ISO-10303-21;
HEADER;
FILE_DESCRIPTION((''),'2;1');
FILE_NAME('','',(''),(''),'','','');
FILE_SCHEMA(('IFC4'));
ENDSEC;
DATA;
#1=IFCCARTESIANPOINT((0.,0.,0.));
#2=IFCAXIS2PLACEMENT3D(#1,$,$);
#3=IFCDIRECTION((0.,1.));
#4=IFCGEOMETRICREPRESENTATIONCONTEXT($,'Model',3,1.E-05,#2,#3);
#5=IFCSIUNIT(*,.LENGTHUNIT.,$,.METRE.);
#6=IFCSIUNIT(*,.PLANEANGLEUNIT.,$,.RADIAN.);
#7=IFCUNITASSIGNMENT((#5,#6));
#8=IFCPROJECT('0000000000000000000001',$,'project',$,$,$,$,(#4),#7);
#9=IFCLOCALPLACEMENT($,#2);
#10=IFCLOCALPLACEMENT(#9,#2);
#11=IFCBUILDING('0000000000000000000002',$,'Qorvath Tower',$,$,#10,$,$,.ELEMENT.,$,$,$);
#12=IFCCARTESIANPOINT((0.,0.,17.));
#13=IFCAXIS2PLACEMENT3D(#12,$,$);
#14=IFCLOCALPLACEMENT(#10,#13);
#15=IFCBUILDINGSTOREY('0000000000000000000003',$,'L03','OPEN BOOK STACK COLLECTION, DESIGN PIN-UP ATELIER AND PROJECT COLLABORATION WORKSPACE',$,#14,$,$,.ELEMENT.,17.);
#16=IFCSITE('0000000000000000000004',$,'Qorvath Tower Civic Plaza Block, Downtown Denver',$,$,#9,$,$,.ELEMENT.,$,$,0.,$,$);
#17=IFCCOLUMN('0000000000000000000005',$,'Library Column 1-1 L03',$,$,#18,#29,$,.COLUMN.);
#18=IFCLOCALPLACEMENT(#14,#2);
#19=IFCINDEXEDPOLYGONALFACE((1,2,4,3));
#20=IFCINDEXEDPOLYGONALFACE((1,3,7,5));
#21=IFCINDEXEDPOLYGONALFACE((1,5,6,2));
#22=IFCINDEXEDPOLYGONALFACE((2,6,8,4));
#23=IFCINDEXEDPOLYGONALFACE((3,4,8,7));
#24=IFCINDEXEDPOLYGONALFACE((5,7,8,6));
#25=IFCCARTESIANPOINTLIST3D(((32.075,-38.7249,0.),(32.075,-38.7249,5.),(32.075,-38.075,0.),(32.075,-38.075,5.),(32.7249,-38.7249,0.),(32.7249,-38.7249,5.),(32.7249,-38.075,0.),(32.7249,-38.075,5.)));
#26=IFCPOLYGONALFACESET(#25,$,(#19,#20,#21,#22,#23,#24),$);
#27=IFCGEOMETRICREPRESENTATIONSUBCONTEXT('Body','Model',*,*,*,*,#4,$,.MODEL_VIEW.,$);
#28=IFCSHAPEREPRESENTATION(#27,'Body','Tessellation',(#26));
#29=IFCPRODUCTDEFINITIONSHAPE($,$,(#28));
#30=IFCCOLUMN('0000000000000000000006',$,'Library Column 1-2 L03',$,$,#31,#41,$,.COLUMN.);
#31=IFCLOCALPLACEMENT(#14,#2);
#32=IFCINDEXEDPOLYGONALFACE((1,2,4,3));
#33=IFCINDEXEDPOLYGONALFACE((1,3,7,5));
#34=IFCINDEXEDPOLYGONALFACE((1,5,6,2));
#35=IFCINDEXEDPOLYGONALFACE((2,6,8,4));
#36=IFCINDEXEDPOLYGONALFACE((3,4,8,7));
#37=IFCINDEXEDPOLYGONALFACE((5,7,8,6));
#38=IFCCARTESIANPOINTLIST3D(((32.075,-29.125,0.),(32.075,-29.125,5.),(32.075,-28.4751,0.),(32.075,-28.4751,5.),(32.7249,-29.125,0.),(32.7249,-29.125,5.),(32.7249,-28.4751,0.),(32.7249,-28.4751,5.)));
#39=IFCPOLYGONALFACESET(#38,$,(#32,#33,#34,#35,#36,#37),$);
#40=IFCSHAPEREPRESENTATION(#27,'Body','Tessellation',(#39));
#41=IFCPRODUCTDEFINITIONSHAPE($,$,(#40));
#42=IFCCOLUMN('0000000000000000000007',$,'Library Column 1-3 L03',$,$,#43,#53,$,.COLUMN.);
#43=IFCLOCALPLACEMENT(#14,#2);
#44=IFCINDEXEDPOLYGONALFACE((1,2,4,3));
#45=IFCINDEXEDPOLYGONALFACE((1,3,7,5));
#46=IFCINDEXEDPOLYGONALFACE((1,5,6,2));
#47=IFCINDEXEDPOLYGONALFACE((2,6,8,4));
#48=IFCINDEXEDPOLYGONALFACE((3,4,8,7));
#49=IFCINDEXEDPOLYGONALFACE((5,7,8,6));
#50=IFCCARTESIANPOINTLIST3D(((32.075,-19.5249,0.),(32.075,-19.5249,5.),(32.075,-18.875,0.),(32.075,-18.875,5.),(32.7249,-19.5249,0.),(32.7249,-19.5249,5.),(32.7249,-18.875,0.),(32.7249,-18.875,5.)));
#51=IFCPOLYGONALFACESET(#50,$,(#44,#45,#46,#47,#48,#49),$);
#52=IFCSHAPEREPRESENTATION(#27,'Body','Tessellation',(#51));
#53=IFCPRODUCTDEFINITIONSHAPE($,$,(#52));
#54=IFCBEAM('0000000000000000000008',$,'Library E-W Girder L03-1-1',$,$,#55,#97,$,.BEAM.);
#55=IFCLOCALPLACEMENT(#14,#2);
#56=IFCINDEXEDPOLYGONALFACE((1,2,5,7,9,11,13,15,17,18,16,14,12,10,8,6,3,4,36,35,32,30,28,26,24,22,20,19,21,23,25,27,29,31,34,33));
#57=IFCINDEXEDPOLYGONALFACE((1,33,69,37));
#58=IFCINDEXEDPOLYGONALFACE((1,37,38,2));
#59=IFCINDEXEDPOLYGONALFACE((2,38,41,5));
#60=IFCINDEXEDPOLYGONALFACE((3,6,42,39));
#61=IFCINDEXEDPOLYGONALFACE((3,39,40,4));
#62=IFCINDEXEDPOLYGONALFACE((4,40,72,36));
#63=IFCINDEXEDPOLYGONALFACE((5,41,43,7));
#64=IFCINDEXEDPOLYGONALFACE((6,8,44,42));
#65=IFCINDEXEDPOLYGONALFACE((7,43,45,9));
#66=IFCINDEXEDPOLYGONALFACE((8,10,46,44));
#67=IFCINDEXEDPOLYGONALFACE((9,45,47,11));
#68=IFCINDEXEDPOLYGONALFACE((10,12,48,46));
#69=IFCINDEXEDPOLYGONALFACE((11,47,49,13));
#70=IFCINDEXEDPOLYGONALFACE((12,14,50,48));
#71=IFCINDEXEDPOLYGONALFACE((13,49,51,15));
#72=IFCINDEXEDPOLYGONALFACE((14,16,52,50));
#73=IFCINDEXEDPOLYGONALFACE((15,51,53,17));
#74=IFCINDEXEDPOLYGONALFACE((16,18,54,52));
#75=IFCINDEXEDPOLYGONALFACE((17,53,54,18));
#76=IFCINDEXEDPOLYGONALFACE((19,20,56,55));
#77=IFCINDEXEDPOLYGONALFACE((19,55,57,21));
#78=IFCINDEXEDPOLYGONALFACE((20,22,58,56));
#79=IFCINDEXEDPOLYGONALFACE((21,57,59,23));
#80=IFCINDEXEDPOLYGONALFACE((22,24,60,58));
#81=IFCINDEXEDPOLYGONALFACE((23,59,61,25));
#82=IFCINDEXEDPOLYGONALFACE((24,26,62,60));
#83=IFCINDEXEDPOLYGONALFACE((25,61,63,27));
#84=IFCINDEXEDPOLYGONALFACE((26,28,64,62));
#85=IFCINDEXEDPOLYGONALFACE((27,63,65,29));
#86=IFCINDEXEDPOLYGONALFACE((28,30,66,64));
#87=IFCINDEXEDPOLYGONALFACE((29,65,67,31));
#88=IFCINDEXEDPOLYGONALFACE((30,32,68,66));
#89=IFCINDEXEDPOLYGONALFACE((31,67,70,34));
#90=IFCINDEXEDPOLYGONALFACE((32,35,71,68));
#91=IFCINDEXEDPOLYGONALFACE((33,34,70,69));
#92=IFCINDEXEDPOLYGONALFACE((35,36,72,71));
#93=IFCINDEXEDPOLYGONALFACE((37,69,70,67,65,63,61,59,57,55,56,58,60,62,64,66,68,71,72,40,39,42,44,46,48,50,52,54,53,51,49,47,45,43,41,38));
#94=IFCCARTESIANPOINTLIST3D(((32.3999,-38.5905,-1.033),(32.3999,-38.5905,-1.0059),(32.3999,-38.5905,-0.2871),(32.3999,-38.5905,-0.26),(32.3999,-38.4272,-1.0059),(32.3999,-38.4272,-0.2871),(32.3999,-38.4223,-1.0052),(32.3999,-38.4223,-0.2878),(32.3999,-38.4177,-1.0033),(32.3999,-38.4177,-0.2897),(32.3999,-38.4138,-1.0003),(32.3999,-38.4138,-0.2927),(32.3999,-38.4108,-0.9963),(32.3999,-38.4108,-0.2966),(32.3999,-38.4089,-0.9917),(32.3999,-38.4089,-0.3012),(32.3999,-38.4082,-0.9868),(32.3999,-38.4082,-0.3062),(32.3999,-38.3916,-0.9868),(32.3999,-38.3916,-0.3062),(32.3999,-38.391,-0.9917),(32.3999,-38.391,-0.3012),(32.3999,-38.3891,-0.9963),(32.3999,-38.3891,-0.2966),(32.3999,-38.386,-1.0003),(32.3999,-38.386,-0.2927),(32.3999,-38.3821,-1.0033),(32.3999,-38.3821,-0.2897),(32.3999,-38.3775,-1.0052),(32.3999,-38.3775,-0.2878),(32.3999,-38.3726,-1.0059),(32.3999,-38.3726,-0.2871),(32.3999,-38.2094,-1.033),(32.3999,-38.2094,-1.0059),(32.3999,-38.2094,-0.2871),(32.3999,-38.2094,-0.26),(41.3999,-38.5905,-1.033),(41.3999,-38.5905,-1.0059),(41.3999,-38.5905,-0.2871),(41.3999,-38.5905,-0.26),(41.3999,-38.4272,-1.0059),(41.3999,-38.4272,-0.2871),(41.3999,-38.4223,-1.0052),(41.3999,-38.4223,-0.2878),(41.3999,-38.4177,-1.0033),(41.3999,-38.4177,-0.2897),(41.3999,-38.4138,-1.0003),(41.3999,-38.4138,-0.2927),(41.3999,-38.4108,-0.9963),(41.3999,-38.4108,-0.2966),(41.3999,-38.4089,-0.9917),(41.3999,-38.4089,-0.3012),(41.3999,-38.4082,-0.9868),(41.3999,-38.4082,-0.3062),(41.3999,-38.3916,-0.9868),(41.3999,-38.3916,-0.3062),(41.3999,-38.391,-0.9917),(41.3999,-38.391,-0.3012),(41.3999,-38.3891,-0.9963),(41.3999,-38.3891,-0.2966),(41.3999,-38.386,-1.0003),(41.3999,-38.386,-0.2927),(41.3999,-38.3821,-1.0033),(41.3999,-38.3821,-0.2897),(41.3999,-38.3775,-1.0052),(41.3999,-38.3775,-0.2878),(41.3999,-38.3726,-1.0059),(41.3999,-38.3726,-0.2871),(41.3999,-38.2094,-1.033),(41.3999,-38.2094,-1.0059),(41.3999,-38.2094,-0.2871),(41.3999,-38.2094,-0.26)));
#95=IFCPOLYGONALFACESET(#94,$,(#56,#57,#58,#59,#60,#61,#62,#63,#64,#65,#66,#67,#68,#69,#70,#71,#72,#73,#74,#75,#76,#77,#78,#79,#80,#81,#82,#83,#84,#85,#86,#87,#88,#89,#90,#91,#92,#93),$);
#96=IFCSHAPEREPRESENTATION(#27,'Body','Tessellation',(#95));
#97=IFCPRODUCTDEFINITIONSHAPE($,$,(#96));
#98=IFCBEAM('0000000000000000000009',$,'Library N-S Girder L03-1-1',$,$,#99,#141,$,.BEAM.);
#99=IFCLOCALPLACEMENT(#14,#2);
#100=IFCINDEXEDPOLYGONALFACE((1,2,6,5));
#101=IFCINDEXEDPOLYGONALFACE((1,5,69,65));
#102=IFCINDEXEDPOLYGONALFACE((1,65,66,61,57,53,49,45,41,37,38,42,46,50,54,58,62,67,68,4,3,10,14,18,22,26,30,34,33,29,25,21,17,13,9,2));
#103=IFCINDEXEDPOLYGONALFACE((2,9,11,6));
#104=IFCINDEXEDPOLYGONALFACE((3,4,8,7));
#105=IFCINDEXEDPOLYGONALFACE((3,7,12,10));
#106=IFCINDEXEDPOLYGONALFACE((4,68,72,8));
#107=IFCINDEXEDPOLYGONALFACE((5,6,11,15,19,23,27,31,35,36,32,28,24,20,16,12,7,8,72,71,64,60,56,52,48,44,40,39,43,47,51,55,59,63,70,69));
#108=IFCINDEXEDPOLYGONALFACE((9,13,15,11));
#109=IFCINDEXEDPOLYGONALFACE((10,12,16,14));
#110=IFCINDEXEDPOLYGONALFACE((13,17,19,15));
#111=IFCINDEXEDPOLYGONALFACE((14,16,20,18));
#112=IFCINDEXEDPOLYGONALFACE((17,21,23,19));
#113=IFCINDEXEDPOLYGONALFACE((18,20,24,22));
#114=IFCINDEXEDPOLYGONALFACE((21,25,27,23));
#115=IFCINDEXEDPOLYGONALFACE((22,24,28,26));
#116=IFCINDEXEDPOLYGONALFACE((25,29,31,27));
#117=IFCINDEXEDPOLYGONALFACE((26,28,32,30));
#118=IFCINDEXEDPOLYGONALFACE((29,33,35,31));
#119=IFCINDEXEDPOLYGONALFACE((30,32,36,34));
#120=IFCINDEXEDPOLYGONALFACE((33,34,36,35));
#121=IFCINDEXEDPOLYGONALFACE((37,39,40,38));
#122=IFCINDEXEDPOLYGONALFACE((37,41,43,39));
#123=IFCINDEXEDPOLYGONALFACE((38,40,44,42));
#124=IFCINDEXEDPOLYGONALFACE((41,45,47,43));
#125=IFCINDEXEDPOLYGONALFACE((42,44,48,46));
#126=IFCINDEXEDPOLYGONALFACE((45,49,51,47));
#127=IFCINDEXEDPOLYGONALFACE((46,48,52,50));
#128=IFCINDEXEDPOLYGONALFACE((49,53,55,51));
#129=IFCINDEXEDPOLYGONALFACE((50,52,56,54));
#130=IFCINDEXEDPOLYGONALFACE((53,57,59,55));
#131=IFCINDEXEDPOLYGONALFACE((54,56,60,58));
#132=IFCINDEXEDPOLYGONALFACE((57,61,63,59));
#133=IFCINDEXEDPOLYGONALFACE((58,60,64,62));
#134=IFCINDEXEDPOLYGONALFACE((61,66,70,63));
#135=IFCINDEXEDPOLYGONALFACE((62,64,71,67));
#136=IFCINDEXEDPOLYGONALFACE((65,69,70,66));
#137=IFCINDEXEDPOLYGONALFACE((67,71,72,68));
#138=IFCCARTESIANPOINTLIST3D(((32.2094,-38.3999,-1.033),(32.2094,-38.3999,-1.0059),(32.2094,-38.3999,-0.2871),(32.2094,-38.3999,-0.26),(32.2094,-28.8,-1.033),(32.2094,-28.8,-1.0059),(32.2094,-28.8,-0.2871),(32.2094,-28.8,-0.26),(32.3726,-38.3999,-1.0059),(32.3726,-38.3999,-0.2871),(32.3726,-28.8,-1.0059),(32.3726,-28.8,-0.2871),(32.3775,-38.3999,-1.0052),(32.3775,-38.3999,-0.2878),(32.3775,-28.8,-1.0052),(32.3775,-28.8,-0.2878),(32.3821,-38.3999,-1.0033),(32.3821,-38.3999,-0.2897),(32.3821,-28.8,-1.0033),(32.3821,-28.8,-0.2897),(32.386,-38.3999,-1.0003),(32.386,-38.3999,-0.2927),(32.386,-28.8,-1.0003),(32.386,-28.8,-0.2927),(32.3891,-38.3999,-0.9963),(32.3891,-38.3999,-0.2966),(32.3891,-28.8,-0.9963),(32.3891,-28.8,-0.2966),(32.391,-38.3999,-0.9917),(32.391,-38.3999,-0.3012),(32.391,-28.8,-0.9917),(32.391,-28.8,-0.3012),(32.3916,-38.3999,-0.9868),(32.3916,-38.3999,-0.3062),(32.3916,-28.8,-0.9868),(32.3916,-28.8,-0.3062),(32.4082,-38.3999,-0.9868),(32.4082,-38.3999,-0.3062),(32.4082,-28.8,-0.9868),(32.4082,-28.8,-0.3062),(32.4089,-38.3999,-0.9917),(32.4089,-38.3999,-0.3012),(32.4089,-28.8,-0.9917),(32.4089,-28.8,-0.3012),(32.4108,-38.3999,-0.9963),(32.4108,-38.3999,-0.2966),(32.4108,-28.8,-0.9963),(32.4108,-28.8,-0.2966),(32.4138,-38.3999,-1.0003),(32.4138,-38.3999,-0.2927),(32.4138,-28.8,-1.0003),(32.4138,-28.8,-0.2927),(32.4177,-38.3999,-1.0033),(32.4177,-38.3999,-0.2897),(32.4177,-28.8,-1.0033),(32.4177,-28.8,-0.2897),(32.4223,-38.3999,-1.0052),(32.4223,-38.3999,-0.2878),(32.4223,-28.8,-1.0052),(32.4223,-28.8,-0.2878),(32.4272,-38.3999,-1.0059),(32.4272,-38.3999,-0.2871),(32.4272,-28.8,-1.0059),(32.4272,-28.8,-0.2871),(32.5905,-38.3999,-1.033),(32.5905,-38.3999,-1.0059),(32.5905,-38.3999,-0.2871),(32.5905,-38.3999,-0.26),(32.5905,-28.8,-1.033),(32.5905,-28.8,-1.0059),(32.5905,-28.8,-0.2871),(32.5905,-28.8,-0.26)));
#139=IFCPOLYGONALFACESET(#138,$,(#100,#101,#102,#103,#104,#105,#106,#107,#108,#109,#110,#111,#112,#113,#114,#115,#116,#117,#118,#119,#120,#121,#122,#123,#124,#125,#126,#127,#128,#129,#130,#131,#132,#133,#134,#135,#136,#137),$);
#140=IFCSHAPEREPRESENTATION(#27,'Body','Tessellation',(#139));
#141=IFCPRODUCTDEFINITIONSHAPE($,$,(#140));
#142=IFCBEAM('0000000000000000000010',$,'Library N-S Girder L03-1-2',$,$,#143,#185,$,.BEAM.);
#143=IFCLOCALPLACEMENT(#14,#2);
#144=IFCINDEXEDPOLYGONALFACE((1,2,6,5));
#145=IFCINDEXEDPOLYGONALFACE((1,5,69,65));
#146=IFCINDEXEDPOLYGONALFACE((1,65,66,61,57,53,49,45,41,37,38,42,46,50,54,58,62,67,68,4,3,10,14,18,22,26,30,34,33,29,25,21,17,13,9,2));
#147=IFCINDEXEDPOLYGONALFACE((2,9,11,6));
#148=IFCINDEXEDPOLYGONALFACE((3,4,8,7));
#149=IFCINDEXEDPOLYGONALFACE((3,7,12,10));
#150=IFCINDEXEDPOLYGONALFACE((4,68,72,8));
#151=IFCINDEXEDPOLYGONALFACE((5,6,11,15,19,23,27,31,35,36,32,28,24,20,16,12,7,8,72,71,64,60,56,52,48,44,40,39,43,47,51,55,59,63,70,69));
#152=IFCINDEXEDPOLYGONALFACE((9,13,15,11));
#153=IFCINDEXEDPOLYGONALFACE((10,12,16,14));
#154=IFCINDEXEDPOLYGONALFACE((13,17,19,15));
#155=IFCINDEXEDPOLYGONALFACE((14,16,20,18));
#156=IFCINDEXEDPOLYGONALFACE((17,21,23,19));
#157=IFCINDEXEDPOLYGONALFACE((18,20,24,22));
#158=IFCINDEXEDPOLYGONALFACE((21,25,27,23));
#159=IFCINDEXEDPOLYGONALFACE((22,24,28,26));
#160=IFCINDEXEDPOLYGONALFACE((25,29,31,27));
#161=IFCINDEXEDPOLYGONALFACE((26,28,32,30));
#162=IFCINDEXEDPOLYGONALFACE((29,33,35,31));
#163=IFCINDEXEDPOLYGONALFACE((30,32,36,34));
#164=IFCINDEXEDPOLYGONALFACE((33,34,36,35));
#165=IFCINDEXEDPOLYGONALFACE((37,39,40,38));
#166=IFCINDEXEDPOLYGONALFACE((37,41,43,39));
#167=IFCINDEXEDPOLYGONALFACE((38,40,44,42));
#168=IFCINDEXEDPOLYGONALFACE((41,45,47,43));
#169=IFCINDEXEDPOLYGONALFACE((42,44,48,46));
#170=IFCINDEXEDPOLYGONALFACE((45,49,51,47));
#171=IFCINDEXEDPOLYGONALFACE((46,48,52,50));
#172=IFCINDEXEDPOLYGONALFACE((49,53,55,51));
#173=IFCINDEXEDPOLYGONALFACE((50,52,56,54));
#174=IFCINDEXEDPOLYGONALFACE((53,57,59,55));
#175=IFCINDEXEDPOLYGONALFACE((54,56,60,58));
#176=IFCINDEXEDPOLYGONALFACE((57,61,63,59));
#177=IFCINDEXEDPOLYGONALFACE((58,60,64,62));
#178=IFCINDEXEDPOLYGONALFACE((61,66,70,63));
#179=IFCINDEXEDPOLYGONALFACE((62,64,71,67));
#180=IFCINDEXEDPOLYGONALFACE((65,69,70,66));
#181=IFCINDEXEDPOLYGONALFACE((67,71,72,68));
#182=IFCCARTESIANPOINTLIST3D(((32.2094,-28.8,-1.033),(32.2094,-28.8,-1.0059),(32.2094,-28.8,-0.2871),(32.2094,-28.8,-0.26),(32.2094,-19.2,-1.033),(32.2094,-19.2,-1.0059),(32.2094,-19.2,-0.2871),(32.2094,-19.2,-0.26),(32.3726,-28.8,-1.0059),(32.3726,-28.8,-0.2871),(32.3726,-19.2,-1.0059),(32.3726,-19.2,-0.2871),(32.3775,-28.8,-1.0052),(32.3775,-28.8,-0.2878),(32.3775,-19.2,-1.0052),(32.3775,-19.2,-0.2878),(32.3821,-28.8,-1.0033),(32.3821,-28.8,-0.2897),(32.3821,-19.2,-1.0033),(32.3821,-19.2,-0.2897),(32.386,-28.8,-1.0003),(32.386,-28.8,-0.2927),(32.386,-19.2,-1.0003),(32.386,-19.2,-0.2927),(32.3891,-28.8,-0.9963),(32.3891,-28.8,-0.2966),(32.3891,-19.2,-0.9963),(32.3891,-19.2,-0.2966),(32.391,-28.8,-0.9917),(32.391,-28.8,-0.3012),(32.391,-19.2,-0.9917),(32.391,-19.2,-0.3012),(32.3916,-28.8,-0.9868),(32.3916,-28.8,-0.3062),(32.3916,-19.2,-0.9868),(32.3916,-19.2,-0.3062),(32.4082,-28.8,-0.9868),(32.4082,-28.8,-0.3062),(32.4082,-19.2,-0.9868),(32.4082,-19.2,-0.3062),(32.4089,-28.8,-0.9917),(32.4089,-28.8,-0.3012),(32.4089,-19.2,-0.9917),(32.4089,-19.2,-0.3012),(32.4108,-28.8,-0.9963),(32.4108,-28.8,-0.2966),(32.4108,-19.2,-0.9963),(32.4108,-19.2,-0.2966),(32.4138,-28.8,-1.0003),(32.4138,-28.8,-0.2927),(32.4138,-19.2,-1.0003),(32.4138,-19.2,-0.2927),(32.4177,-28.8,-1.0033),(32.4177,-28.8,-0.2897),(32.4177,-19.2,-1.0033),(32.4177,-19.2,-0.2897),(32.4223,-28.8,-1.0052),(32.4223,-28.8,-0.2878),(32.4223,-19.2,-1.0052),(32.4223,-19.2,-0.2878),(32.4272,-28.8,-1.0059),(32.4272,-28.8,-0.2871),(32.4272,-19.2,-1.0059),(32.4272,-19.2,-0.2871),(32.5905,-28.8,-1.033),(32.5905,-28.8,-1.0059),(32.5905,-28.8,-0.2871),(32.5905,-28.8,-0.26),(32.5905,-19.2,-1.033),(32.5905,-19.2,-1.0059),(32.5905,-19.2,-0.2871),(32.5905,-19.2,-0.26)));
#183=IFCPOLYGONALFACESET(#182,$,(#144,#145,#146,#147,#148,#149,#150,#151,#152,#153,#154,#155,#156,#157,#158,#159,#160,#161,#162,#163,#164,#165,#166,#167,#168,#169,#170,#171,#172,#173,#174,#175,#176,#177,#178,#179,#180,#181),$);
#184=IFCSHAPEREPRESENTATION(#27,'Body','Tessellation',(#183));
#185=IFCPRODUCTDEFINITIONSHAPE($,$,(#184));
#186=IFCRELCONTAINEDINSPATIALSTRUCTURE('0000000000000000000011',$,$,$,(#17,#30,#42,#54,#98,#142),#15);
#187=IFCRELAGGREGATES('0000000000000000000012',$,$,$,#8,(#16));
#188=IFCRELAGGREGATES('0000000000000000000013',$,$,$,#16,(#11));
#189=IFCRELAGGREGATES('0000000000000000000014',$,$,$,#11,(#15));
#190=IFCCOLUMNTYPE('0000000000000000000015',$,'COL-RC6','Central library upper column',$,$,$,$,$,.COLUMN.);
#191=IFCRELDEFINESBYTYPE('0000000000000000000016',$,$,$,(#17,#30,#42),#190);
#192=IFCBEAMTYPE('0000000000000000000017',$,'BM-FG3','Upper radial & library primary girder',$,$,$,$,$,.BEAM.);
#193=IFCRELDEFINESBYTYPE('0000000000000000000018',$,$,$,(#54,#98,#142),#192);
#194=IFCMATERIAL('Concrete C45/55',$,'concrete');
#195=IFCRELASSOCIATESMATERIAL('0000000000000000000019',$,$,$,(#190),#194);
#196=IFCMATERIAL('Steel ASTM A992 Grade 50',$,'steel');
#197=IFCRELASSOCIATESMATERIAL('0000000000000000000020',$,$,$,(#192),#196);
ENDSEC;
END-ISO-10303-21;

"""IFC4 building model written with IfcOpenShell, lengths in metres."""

from ifc_helpers import new_model, si_unit, direction, frame, origin, origin_2d, place, context, subcontext, project, spatial, rectangle, i_section, extrude, material, material_profile, profile_set, type_object, element, save


model = new_model("IFC4")

# Units and contexts
model_context = context("Model", 3, precision=1e-05, world=origin(), true_north=direction((0.0, 1.0)))
body_context = subcontext(model_context, "Body", "Model", "MODEL_VIEW")
ifc_project = project(units=[si_unit("LENGTHUNIT", "METRE"), si_unit("PLANEANGLEUNIT", "RADIAN")], contexts=[model_context])

# Site, building, storey
site_placement = place(None, origin())
site = spatial("IfcSite", under=ifc_project, at=site_placement, Name="Qorvath Tower Civic Plaza Block, Downtown Denver", CompositionType="ELEMENT", RefElevation=0.0)
building_placement = place(site_placement, origin())
building = spatial("IfcBuilding", under=site, at=building_placement, Name="Qorvath Tower", CompositionType="ELEMENT")
storey_placement = place(building_placement, frame((0.0, 0.0, 17.0)))
storey = spatial("IfcBuildingStorey", under=building, at=storey_placement, Name="L03", Description="OPEN BOOK STACK COLLECTION, DESIGN PIN-UP ATELIER AND PROJECT COLLABORATION WORKSPACE", CompositionType="ELEMENT", Elevation=17.0)

# Columns
ifc_material_1 = material(Name="Concrete C45/55", Category="concrete")
ifc_material_profile_1 = material_profile(ifc_material_1, rectangle(XDim=0.6499, YDim=0.6499, at=origin_2d()), Name="RC 650x650")
ifc_profile_set_1 = profile_set([ifc_material_profile_1], Name="Concrete C45/55")
column_type = type_object("IfcColumnType", Name="COL-RC6", Description="Central library upper column", PredefinedType="COLUMN", material=ifc_profile_set_1)
for number, where, z_axis, x_axis, name in (
    (1, (32.3999, -38.3999, 0.0), (0.0, 0.0, 1.0), (1.0, 0.0, 0.0), "Library Column 1-1 L03"),
    (2, (32.3999, -28.8, 0.0), (0.0, 0.0, 1.0), (1.0, 0.0, 0.0), "Library Column 1-2 L03"),
    (3, (32.3999, -19.2, 0.0), (0.0, 0.0, 1.0), (1.0, 0.0, 0.0), "Library Column 1-3 L03"),
):
    element("IfcColumn", number, at=place(storey_placement, frame(where, z_axis=z_axis, x_axis=x_axis)), inside=storey, type_object=column_type, Name=name, PredefinedType="COLUMN", context=body_context, shape_type="SweptSolid", body=[
        extrude(rectangle(XDim=0.6499, YDim=0.6499, at=origin_2d()), origin(), (0.0, 0.0, 1.0), 5.0),
    ])

# Beams
ifc_material_2 = material(Name="Steel ASTM A992 Grade 50", Category="steel")
ifc_material_profile_2 = material_profile(ifc_material_2, i_section(OverallWidth=0.3811, OverallDepth=0.7729, WebThickness=0.0166, FlangeThickness=0.0271, FilletRadius=0.019, at=origin_2d()), Name="W30x173")
ifc_profile_set_2 = profile_set([ifc_material_profile_2], Name="Steel ASTM A992 Grade 50")
beam_type_1 = type_object("IfcBeamType", Name="BM-FG3", Description="Upper radial & library primary girder", PredefinedType="BEAM", material=ifc_profile_set_2)
beam_1_placement = place(storey_placement, frame((32.3999, -38.3999, -0.6465), z_axis=(1.0, 0.0, 0.0), x_axis=(0.0, 1.0, 0.0)))
element("IfcBeam", 4, at=beam_1_placement, inside=storey, type_object=beam_type_1, Name="Library E-W Girder L03-1-1", PredefinedType="BEAM", context=body_context, shape_type="SweptSolid", body=[
    extrude(i_section(OverallWidth=0.3811, OverallDepth=0.7729, WebThickness=0.0166, FlangeThickness=0.0271, FilletRadius=0.019, at=origin_2d()), origin(), (0.0, 0.0, 1.0), 9.0),
])
beam_2_placement = place(storey_placement, frame((32.3999, -38.3999, -0.6465), z_axis=(0.0, 1.0, 0.0), x_axis=(-1.0, 0.0, 0.0)))
element("IfcBeam", 5, at=beam_2_placement, inside=storey, type_object=beam_type_1, Name="Library N-S Girder L03-1-1", PredefinedType="BEAM", context=body_context, shape_type="SweptSolid", body=[
    extrude(i_section(OverallWidth=0.3811, OverallDepth=0.7729, WebThickness=0.0166, FlangeThickness=0.0271, FilletRadius=0.019, at=origin_2d()), origin(), (0.0, 0.0, 1.0), 9.5999),
])
beam_3_placement = place(storey_placement, frame((32.3999, -28.8, -0.6465), z_axis=(0.0, 1.0, 0.0), x_axis=(-1.0, 0.0, 0.0)))
element("IfcBeam", 6, at=beam_3_placement, inside=storey, type_object=beam_type_1, Name="Library N-S Girder L03-1-2", PredefinedType="BEAM", context=body_context, shape_type="SweptSolid", body=[
    extrude(i_section(OverallWidth=0.3811, OverallDepth=0.7729, WebThickness=0.0166, FlangeThickness=0.0271, FilletRadius=0.019, at=origin_2d()), origin(), (0.0, 0.0, 1.0), 9.6001),
])

save(model, "model.ifc")
